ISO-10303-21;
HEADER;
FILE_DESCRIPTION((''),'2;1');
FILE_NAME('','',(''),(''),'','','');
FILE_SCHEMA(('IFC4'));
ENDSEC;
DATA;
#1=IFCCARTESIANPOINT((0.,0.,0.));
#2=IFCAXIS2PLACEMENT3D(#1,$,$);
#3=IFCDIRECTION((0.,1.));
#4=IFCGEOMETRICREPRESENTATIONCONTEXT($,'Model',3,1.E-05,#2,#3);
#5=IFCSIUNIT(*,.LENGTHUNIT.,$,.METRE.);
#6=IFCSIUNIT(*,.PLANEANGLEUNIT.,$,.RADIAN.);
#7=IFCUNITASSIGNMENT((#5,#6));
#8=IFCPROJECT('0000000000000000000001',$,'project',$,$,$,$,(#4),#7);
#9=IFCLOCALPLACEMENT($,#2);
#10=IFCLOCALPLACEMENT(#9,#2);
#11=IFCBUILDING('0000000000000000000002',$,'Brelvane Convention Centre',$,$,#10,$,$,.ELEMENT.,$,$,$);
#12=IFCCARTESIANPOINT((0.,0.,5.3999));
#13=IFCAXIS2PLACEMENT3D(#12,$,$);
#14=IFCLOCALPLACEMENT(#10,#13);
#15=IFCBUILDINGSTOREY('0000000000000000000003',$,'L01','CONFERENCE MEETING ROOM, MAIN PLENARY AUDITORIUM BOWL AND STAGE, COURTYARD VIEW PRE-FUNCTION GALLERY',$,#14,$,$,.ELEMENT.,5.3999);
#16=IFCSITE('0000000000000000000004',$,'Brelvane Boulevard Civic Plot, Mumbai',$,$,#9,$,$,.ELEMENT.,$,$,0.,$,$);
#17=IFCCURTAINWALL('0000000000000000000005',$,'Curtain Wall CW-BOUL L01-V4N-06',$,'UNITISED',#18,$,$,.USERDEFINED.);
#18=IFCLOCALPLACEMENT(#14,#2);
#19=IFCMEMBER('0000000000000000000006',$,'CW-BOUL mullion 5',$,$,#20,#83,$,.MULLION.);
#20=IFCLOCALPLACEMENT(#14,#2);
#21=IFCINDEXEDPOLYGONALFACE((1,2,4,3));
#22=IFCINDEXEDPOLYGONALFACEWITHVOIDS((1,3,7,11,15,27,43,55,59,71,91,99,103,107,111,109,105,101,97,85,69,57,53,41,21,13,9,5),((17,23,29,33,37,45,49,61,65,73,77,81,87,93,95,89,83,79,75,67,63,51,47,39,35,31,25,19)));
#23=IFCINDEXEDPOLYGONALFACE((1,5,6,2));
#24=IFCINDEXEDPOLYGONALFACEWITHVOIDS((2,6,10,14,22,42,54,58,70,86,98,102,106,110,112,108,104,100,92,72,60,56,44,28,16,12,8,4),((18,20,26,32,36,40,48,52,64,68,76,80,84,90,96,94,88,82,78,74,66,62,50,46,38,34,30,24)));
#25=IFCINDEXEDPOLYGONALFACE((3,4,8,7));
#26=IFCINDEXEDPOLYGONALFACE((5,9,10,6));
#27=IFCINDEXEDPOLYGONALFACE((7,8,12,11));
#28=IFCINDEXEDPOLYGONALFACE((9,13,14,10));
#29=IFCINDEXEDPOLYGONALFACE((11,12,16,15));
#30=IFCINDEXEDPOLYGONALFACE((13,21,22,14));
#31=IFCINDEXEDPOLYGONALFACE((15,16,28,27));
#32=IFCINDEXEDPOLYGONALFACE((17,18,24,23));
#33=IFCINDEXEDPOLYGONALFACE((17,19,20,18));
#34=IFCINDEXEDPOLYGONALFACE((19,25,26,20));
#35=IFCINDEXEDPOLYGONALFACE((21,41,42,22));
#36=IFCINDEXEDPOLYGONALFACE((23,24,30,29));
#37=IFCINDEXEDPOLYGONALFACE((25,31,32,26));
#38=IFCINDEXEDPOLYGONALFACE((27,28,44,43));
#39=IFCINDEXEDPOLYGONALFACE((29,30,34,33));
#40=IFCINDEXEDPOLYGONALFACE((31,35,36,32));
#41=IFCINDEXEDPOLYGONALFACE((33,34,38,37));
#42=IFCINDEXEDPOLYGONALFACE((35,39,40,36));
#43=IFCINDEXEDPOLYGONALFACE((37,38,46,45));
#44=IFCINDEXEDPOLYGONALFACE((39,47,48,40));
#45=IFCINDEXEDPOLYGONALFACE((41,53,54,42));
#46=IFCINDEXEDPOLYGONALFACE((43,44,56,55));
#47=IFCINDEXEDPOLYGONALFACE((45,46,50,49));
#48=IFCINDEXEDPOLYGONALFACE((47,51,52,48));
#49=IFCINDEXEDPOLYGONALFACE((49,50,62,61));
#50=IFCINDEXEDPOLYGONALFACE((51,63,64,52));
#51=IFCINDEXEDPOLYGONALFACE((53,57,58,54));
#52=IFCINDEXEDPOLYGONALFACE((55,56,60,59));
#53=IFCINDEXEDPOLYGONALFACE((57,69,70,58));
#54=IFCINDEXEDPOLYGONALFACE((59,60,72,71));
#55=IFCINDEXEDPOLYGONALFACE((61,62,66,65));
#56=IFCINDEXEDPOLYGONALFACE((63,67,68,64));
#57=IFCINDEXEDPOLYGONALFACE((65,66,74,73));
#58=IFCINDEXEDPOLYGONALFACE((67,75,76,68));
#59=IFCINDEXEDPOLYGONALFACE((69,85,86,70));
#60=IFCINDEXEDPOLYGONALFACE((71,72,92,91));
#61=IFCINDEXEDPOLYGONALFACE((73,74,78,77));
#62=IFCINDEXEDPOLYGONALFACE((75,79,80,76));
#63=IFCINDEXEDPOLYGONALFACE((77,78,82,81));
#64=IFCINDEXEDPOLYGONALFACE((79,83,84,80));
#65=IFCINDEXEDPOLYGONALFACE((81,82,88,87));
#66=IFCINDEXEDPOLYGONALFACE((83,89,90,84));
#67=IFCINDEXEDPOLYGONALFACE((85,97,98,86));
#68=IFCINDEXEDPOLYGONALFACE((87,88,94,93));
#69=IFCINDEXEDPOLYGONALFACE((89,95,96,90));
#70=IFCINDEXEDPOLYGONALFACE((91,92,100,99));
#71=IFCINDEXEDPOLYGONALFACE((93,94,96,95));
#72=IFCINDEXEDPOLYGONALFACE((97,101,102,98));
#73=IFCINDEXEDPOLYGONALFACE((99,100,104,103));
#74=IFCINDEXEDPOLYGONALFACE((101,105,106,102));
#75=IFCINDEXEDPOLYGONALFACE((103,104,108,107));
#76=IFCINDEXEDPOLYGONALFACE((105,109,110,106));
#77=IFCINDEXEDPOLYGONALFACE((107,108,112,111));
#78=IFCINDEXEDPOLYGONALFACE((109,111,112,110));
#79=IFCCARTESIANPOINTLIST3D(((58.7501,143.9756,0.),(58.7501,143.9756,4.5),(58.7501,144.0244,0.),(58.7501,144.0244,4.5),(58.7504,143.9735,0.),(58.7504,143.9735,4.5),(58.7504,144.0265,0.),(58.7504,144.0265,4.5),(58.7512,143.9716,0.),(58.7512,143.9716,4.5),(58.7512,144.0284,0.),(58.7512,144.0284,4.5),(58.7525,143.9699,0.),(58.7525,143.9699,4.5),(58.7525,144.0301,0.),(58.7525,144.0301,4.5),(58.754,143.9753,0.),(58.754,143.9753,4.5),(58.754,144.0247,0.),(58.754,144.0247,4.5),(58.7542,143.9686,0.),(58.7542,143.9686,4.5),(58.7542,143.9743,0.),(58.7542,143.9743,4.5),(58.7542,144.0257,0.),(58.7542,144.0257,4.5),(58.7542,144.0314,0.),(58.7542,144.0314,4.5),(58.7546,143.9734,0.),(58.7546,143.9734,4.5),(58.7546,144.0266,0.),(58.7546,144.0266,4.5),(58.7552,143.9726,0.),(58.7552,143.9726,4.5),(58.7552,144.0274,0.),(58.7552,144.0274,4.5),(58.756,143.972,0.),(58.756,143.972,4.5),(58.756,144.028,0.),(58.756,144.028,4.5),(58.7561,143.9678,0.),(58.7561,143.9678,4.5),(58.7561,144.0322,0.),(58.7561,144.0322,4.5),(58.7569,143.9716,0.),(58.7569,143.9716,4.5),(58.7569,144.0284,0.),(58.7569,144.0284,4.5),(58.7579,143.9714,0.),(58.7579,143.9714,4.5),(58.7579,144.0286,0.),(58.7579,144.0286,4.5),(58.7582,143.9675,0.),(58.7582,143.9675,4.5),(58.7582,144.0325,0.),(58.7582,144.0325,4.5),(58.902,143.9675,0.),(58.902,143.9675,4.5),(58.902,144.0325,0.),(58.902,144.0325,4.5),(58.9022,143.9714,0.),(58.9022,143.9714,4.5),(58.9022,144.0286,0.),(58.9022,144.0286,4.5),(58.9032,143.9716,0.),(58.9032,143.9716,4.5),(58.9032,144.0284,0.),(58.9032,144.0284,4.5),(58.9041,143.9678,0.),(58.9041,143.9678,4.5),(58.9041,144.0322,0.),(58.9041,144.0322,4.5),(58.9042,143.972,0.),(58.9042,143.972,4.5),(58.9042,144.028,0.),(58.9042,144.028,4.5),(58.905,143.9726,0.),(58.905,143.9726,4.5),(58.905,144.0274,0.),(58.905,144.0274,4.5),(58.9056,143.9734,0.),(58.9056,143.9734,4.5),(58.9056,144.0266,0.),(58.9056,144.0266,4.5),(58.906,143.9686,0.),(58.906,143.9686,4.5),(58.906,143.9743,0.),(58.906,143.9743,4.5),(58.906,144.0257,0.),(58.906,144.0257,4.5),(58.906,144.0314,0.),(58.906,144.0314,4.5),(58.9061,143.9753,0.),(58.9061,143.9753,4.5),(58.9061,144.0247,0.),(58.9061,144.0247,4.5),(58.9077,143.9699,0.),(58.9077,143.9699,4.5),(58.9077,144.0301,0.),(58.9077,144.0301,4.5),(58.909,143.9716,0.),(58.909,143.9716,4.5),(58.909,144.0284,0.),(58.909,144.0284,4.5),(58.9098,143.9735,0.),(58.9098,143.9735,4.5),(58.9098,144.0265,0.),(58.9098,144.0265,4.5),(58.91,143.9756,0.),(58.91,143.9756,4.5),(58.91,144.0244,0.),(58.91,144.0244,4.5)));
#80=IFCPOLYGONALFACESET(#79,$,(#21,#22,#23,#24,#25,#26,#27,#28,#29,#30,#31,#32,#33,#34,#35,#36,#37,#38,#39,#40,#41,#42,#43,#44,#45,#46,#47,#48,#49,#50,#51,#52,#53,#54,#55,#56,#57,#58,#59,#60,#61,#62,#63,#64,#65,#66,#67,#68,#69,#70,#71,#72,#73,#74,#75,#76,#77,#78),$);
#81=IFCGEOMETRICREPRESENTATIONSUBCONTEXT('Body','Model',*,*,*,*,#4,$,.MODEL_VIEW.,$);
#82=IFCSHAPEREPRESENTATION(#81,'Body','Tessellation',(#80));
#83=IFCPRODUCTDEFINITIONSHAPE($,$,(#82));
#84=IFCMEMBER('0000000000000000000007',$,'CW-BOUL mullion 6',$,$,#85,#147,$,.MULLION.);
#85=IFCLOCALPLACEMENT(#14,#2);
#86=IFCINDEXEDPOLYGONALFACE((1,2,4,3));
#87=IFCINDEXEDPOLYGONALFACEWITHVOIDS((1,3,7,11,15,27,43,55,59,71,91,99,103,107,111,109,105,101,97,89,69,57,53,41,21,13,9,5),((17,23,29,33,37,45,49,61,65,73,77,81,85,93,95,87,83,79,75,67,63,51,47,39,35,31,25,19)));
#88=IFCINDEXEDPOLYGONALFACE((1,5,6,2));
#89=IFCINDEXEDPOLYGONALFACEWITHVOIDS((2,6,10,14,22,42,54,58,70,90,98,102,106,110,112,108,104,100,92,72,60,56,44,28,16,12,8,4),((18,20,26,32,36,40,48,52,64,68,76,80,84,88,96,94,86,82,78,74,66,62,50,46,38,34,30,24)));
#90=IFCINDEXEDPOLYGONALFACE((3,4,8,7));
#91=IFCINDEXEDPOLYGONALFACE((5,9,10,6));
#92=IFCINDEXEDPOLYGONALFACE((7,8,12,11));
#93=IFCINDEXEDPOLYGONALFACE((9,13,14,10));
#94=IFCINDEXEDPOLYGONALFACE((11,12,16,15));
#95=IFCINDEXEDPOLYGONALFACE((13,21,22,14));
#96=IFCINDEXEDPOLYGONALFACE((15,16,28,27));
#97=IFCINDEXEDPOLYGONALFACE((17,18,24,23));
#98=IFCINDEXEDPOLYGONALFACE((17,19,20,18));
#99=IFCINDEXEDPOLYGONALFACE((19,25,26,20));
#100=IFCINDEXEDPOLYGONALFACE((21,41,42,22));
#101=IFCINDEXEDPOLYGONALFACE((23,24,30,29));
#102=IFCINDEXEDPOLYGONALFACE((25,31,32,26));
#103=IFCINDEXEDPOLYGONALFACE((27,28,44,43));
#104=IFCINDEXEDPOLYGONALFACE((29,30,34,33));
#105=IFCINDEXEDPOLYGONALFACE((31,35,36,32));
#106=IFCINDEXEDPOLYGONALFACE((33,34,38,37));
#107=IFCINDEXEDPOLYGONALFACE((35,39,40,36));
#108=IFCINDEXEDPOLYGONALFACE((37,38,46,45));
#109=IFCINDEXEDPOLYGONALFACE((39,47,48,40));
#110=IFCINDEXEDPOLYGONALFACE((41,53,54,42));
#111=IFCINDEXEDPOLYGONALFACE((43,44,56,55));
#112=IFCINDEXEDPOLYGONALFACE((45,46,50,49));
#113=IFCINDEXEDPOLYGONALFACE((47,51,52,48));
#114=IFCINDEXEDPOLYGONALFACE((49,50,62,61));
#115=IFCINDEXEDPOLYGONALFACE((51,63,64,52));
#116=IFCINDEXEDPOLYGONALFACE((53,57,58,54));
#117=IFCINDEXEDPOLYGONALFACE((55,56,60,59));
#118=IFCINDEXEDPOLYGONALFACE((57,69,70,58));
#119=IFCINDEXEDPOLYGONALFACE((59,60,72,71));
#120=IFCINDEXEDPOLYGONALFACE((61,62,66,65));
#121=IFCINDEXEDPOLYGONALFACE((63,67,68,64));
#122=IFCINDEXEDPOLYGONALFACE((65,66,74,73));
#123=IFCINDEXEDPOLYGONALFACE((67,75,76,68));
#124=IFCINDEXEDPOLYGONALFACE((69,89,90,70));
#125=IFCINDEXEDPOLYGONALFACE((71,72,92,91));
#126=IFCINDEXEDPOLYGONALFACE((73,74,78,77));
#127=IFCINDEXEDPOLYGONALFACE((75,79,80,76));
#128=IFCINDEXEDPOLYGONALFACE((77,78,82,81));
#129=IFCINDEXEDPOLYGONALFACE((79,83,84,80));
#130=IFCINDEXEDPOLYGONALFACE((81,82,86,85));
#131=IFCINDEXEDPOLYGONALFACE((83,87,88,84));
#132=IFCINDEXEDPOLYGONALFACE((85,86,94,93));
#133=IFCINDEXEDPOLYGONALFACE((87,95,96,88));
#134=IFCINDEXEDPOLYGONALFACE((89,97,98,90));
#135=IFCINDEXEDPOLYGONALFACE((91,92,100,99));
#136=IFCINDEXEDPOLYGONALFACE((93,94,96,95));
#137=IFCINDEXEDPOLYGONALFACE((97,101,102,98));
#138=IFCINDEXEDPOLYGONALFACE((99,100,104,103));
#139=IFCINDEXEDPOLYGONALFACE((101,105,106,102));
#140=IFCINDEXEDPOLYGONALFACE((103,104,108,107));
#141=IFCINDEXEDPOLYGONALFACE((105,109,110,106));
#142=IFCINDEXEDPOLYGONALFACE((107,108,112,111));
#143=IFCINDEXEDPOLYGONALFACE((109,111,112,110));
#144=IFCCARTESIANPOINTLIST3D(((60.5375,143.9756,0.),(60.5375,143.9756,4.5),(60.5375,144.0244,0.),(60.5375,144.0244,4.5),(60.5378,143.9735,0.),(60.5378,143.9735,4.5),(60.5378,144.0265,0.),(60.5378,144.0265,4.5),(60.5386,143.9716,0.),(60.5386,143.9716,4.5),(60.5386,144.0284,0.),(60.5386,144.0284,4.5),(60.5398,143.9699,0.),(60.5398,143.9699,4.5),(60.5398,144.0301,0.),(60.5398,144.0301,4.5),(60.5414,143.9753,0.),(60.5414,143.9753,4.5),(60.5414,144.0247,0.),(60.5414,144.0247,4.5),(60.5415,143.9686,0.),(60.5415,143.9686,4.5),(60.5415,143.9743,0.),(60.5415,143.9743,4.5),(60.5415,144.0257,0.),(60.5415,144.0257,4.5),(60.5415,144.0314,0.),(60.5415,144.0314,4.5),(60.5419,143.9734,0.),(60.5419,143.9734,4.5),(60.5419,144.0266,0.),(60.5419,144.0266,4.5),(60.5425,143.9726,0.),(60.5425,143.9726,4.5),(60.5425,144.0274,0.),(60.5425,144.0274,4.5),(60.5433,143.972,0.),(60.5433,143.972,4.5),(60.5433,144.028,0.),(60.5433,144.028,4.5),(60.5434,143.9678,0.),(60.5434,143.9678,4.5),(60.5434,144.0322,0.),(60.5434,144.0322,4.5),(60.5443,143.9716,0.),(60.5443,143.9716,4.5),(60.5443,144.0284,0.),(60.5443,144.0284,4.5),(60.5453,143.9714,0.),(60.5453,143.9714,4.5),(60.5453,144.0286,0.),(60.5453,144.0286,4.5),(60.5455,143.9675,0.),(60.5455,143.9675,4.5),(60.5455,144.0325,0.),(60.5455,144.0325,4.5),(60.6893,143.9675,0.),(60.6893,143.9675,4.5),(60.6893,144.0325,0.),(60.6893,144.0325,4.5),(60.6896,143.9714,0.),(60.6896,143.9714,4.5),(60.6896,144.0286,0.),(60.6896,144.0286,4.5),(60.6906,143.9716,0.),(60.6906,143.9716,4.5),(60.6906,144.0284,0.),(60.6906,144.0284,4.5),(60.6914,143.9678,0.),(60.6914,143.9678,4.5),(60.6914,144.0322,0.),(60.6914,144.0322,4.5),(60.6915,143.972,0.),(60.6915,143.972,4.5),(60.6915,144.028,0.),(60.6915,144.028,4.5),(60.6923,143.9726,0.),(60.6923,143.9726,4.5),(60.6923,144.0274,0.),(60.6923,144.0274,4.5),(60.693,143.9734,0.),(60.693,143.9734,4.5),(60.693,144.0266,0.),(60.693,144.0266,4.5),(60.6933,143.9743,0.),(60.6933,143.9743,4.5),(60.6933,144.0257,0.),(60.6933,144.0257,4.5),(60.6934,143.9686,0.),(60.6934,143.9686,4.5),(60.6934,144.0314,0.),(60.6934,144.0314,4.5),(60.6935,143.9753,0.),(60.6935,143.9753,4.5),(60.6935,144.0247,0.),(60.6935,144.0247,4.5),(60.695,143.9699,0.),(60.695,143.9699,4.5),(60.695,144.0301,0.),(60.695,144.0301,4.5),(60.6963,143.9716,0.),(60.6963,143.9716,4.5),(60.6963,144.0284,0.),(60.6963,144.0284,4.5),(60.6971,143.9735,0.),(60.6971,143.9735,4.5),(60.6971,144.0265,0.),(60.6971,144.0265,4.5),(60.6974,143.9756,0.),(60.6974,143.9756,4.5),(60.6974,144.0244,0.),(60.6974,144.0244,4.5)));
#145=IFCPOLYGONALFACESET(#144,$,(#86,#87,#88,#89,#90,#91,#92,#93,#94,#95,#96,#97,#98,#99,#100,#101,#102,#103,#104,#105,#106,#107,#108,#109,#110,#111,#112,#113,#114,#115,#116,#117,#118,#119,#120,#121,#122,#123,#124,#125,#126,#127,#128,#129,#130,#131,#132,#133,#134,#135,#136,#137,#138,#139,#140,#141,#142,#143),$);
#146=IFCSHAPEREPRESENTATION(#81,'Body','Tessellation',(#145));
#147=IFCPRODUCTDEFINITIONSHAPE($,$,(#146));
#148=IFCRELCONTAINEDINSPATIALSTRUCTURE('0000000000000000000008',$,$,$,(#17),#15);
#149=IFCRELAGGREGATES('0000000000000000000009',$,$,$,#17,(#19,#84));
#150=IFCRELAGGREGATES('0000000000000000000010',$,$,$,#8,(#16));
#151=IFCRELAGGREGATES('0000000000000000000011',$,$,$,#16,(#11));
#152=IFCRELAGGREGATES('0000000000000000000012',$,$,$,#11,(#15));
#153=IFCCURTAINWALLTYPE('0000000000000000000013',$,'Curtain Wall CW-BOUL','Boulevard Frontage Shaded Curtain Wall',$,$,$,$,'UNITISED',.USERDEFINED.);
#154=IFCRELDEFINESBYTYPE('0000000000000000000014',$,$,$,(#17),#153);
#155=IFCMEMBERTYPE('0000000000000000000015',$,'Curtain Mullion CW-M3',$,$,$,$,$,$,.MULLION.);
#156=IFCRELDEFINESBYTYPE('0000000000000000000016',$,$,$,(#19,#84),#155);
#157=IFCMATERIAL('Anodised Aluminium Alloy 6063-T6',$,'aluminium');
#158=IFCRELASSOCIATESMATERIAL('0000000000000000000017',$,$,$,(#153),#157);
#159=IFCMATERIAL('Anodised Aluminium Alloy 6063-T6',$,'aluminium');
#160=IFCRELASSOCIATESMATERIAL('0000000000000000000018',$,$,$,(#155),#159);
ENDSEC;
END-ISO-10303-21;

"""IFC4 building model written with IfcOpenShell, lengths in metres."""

from ifc_helpers import new_model, si_unit, direction, frame, origin, origin_2d, place, context, subcontext, project, spatial, hollow_rectangle, extrude, material, material_profile, profile_set, type_object, element, aggregate, save


model = new_model("IFC4")

# Units and contexts
model_context = context("Model", 3, precision=1e-05, world=origin(), true_north=direction((0.0, 1.0)))
body_context = subcontext(model_context, "Body", "Model", "MODEL_VIEW")
ifc_project = project(units=[si_unit("LENGTHUNIT", "METRE"), si_unit("PLANEANGLEUNIT", "RADIAN")], contexts=[model_context])

# Site, building, storey
site_placement = place(None, origin())
site = spatial("IfcSite", under=ifc_project, at=site_placement, Name="Brelvane Boulevard Civic Plot, Mumbai", CompositionType="ELEMENT", RefElevation=0.0)
building_placement = place(site_placement, origin())
building = spatial("IfcBuilding", under=site, at=building_placement, Name="Brelvane Convention Centre", CompositionType="ELEMENT")
storey_placement = place(building_placement, frame((0.0, 0.0, 5.3999)))
storey = spatial("IfcBuildingStorey", under=building, at=storey_placement, Name="L01", Description="CONFERENCE MEETING ROOM, MAIN PLENARY AUDITORIUM BOWL AND STAGE, COURTYARD VIEW PRE-FUNCTION GALLERY", CompositionType="ELEMENT", Elevation=5.3999)

# Curtain wall, members
ifc_material_1 = material(Name="Anodised Aluminium Alloy 6063-T6", Category="aluminium")
curtain_wall_type = type_object("IfcCurtainWallType", Name="Curtain Wall CW-BOUL", Description="Boulevard Frontage Shaded Curtain Wall", ElementType="UNITISED", PredefinedType="USERDEFINED", material=ifc_material_1)
curtain_wall_placement = place(storey_placement, origin())
curtain_wall = element("IfcCurtainWall", 1, at=curtain_wall_placement, inside=storey, type_object=curtain_wall_type, Name="Curtain Wall CW-BOUL L01-V4N-06", ObjectType="UNITISED", PredefinedType="USERDEFINED")
ifc_material_2 = material(Name="Anodised Aluminium Alloy 6063-T6", Category="aluminium")
ifc_material_profile_1 = material_profile(ifc_material_2, hollow_rectangle(XDim=0.0649, YDim=0.1599, WallThickness=0.0039, InnerFilletRadius=0.0039, OuterFilletRadius=0.0081, at=origin_2d()), Name="ALU-M 160x65x4.0")
ifc_profile_set_1 = profile_set([ifc_material_profile_1], Name="Anodised Aluminium Alloy 6063-T6")
member_type_1 = type_object("IfcMemberType", Name="Curtain Mullion CW-M3", PredefinedType="MULLION", material=ifc_profile_set_1)
member_1_placement = place(storey_placement, frame((58.8301, 144.0, 0.0), z_axis=(0.0, 0.0, 1.0), x_axis=(0.0, 1.0, 0.0)))
member_1 = element("IfcMember", 2, at=member_1_placement, type_object=member_type_1, Name="CW-BOUL mullion 5", PredefinedType="MULLION", context=body_context, shape_type="SweptSolid", body=[
    extrude(hollow_rectangle(XDim=0.0649, YDim=0.1599, WallThickness=0.0039, InnerFilletRadius=0.0039, OuterFilletRadius=0.0081, at=origin_2d()), origin(), (0.0, 0.0, 1.0), 4.5),
])
member_2_placement = place(storey_placement, frame((60.6174, 144.0, 0.0), z_axis=(0.0, 0.0, 1.0), x_axis=(0.0, 1.0, 0.0)))
member_2 = element("IfcMember", 3, at=member_2_placement, type_object=member_type_1, Name="CW-BOUL mullion 6", PredefinedType="MULLION", context=body_context, shape_type="SweptSolid", body=[
    extrude(hollow_rectangle(XDim=0.0649, YDim=0.1599, WallThickness=0.0039, InnerFilletRadius=0.0039, OuterFilletRadius=0.0081, at=origin_2d()), origin(), (0.0, 0.0, 1.0), 4.5),
])

aggregate(curtain_wall, [member_1, member_2])

save(model, "model.ifc")
